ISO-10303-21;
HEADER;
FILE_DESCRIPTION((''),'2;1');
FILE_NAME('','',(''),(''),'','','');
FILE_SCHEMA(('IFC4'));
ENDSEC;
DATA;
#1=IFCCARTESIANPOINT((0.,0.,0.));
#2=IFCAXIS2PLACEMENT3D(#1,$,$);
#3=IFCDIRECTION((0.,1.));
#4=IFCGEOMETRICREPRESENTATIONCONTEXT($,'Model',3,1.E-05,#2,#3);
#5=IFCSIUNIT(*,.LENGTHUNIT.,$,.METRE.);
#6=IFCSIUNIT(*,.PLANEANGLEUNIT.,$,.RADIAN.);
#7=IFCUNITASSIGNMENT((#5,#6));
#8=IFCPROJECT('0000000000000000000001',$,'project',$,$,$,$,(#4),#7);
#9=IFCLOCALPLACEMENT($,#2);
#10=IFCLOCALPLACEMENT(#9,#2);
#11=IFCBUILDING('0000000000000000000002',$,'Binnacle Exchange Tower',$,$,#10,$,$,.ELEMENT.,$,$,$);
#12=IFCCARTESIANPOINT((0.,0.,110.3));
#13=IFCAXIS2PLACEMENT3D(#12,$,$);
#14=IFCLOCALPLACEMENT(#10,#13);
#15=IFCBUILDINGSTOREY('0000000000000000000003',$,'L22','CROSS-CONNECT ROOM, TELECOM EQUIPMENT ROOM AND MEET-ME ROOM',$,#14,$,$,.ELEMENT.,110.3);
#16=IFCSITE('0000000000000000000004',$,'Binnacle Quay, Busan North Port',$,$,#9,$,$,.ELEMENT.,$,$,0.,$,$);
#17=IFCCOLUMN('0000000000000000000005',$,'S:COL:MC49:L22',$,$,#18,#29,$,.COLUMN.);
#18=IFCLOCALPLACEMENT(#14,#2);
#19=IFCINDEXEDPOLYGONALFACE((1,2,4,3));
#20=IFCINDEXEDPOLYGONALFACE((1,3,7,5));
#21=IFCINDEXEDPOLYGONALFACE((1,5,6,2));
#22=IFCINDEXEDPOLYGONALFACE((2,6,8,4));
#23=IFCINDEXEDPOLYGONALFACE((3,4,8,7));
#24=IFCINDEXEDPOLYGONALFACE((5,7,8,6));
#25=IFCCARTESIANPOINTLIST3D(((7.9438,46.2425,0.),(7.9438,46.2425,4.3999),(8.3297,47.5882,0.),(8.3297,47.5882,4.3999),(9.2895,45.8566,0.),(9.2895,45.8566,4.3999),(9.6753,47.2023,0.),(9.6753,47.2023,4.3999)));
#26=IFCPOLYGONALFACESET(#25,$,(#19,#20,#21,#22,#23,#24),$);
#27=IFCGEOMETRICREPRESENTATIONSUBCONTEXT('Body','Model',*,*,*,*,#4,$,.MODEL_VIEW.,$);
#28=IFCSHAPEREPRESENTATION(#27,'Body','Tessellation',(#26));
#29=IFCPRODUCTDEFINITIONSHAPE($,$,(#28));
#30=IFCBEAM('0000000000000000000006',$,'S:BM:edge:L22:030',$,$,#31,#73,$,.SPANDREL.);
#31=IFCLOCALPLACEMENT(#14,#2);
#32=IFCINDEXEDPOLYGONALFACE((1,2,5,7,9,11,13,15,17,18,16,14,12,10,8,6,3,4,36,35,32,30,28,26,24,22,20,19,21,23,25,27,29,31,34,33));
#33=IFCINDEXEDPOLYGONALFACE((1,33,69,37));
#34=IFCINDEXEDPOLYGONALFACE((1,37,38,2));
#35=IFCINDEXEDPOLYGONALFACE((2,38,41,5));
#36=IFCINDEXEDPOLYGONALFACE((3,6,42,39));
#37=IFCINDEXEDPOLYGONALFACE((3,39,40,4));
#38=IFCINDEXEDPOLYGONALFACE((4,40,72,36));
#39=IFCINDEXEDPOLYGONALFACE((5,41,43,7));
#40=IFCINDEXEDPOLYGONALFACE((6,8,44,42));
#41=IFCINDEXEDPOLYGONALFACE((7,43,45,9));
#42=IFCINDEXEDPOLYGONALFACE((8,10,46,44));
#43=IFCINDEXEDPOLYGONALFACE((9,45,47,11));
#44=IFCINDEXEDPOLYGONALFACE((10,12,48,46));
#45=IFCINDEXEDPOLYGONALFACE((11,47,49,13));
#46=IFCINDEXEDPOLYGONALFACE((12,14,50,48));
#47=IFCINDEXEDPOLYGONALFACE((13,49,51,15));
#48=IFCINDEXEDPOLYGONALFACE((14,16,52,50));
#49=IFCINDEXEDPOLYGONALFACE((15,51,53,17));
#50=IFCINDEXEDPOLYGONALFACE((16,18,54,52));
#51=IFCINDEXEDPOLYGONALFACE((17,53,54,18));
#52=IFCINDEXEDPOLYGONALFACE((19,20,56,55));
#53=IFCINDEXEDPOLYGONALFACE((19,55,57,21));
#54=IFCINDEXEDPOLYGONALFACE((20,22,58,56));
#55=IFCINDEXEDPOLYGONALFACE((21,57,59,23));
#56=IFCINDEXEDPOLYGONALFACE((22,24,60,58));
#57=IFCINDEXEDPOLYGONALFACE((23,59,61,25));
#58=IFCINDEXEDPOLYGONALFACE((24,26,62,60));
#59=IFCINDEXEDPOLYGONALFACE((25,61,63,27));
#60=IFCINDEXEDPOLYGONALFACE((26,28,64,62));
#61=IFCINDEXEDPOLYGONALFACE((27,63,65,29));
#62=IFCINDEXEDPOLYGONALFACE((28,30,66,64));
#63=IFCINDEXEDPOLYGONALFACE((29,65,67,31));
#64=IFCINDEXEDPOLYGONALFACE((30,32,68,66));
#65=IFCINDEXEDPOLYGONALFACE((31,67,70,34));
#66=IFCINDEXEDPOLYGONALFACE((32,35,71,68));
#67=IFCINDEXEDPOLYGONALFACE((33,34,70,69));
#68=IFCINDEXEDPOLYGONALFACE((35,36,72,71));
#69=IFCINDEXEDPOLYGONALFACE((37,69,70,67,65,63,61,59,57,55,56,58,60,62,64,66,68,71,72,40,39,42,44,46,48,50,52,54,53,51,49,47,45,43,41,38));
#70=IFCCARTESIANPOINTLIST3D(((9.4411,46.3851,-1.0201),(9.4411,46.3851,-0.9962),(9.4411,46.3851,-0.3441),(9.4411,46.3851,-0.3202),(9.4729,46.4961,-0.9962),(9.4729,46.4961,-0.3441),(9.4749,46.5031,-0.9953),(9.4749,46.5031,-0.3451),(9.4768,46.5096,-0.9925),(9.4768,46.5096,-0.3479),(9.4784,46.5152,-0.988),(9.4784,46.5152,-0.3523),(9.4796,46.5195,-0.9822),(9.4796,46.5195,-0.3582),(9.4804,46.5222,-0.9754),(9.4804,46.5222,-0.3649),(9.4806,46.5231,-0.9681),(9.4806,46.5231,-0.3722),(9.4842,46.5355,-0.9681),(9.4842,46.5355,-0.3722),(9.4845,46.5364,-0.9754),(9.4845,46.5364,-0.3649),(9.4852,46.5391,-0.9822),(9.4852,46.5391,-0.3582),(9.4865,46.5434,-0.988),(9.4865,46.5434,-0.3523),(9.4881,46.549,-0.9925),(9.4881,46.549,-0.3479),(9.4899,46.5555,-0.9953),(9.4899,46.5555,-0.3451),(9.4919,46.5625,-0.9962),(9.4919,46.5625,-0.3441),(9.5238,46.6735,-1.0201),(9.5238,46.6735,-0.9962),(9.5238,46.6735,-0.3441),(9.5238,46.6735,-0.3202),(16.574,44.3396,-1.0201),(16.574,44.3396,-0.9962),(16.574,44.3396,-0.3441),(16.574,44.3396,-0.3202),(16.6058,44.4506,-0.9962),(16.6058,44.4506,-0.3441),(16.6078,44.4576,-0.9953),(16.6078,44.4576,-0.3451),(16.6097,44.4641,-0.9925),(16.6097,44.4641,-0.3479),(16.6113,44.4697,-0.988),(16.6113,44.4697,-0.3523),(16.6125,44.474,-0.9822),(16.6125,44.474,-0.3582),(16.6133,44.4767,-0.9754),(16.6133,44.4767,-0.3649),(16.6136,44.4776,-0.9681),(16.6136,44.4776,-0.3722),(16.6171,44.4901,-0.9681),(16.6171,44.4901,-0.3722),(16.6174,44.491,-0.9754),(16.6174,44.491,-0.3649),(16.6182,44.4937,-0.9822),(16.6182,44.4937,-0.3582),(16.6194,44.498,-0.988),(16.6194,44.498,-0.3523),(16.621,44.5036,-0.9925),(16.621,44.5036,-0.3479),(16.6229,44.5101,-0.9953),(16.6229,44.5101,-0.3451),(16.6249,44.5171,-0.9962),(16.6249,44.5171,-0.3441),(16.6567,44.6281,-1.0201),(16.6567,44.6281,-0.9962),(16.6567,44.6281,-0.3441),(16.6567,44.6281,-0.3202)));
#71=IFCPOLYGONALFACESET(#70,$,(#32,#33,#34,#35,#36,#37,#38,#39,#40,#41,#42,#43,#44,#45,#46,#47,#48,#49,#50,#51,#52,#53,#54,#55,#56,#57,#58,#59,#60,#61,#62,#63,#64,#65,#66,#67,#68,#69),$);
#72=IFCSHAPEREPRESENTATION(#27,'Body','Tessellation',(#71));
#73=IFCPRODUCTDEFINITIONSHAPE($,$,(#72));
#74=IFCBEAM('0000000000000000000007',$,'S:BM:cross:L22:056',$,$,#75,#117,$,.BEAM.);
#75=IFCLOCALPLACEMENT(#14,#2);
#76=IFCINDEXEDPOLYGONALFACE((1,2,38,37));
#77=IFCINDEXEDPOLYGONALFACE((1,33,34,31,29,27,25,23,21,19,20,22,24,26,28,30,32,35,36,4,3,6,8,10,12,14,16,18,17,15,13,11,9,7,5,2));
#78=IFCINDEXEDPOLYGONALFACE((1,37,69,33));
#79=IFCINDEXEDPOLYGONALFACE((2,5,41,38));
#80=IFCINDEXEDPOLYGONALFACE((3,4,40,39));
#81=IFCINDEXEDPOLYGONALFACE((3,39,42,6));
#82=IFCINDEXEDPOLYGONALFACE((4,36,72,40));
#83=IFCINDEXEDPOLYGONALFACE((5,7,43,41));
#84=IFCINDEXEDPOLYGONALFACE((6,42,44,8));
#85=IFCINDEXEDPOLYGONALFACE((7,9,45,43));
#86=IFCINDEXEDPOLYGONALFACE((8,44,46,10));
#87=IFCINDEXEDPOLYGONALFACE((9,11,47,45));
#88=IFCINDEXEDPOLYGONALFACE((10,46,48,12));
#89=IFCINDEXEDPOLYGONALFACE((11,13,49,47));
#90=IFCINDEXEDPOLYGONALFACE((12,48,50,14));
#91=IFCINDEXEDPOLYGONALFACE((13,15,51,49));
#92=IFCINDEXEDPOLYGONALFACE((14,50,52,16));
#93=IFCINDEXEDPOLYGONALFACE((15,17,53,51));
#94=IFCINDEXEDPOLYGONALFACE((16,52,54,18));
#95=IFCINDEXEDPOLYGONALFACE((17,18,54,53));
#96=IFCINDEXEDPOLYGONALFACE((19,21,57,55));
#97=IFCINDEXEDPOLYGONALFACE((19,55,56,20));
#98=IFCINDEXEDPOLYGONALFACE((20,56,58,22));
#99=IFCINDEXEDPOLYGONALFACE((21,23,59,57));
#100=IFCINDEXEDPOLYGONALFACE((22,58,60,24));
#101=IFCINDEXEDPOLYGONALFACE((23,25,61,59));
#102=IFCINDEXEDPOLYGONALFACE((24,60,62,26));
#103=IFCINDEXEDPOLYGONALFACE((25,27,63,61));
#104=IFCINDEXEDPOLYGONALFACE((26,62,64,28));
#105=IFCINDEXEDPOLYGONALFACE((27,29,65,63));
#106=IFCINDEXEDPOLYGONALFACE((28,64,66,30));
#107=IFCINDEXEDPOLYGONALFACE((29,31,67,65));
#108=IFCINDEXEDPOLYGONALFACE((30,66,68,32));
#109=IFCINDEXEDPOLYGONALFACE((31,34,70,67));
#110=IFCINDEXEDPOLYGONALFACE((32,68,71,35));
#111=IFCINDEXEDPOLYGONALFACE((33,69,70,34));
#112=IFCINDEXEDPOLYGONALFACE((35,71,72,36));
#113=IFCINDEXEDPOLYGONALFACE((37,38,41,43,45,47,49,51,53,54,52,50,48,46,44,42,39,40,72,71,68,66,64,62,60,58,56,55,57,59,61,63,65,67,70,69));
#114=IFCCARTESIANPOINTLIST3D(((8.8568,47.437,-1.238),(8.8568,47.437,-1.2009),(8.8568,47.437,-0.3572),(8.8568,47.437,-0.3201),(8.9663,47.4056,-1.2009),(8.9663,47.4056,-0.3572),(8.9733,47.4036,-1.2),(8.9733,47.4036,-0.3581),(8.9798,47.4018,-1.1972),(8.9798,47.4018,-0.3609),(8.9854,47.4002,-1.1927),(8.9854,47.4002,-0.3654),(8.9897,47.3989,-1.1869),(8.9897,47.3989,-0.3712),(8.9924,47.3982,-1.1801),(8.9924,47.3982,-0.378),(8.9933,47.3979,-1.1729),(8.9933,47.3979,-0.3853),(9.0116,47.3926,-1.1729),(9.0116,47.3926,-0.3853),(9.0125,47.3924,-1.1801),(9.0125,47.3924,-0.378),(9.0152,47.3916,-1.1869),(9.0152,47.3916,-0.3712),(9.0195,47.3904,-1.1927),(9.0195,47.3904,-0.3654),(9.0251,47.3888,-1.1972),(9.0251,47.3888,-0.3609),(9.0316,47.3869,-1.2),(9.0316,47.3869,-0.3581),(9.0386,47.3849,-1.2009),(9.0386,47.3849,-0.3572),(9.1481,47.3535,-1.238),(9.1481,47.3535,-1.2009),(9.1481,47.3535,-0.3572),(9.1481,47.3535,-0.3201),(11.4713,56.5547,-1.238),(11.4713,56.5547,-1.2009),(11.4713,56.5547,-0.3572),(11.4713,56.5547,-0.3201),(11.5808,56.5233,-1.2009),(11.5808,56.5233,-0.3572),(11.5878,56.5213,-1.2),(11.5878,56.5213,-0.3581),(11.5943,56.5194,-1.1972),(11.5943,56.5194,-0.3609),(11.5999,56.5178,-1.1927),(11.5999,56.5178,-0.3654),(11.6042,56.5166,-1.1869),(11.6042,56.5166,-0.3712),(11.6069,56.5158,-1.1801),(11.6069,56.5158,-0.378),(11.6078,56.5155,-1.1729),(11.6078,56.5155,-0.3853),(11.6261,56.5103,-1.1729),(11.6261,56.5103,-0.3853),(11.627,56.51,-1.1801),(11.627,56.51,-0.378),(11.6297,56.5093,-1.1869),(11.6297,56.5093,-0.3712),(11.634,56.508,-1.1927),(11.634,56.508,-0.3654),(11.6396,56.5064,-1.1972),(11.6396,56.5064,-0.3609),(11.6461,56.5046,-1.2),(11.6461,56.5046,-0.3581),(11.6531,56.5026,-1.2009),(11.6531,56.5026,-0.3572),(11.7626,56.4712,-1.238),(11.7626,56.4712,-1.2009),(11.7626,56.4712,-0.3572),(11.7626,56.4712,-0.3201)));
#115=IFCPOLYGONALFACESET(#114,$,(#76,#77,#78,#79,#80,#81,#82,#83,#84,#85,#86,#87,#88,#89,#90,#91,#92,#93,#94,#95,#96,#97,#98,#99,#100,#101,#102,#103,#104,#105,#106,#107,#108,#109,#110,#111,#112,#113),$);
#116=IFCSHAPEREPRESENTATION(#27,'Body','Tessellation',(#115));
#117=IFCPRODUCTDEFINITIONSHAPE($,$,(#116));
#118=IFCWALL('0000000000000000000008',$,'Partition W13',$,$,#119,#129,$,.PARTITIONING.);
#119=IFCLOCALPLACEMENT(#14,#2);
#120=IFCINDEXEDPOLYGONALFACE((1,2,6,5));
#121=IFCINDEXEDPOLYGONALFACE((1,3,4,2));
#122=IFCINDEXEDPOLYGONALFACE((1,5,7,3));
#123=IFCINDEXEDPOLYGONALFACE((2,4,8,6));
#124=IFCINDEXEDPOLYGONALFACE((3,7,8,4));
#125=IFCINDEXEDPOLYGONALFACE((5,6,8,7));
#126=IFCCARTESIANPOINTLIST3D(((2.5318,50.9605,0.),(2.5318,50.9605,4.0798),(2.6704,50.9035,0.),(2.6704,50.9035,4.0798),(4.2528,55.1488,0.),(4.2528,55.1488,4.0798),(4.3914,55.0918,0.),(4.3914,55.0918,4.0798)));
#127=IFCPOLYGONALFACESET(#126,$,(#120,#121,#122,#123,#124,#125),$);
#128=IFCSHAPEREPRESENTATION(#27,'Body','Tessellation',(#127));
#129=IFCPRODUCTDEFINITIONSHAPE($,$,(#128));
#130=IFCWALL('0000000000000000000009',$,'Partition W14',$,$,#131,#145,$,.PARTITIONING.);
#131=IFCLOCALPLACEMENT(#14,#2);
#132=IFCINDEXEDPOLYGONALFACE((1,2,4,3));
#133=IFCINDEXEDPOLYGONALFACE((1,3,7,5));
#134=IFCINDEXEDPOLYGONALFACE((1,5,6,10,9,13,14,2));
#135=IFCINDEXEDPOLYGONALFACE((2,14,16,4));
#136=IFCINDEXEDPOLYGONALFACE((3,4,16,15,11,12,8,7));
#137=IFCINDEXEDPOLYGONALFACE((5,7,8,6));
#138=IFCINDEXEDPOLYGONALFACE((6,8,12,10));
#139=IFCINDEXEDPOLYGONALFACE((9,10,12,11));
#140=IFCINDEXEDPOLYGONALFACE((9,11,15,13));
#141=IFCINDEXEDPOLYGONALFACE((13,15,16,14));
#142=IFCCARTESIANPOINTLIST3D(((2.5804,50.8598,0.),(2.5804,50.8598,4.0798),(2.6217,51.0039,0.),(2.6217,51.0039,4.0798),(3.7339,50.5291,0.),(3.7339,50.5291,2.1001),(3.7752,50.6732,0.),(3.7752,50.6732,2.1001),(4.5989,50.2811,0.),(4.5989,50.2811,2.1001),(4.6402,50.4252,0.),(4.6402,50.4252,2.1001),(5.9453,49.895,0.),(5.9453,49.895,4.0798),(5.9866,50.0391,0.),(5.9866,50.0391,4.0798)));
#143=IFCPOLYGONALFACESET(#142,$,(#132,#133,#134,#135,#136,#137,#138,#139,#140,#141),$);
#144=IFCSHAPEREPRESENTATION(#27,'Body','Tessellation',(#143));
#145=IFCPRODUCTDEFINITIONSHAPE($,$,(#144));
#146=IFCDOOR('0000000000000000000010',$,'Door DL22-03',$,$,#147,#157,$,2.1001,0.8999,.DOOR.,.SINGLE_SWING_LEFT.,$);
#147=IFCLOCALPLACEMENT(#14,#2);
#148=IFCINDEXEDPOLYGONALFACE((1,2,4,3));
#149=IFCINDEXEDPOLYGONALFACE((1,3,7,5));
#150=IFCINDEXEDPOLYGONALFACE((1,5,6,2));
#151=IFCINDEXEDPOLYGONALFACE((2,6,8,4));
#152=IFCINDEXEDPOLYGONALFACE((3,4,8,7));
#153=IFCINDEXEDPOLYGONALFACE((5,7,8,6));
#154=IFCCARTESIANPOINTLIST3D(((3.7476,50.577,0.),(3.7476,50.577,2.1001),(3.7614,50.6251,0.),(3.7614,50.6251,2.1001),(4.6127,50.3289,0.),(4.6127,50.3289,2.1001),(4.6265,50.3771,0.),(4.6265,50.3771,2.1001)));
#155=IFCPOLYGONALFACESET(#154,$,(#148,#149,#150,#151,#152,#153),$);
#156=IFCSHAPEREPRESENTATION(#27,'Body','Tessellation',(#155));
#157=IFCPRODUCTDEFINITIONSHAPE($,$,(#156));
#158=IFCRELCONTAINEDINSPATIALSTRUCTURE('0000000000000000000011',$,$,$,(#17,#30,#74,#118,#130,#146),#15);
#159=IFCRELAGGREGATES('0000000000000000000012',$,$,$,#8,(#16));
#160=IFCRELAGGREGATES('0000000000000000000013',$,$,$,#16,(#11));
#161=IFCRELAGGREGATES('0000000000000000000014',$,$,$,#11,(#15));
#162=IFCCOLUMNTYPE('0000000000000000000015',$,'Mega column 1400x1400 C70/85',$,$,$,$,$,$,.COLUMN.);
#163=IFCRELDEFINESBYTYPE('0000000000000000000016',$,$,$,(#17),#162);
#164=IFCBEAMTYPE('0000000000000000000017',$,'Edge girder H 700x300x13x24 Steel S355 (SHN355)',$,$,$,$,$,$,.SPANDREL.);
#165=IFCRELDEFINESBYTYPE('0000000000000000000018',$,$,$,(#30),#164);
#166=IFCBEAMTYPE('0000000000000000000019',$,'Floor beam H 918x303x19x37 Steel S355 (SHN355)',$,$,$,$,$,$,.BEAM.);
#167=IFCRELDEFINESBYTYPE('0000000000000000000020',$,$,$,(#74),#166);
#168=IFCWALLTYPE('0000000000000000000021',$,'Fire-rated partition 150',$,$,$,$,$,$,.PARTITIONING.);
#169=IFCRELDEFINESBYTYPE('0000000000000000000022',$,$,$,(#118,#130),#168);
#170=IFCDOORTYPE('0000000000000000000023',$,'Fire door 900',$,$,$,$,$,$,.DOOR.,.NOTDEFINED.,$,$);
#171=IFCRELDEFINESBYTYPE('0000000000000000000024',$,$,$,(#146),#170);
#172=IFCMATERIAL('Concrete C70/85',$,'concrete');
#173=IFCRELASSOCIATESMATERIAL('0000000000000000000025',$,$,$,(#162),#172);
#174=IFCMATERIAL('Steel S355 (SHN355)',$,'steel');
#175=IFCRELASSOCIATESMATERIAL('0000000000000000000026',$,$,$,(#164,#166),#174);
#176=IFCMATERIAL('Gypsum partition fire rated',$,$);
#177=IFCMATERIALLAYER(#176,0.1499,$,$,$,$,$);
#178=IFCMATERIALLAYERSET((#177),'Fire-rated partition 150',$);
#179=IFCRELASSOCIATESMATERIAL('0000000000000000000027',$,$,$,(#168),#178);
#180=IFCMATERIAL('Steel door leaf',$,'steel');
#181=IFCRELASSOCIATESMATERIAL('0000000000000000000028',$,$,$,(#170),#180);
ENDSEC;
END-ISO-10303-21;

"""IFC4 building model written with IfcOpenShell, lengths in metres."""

from ifc_helpers import new_model, si_unit, direction, frame, frame_2d, origin, origin_2d, place, context, subcontext, project, spatial, rectangle, i_section, extrude, material, layer, layer_set, material_profile, profile_set, type_object, element, fill, save


model = new_model("IFC4")

# Units and contexts
model_context = context("Model", 3, precision=1e-05, world=origin(), true_north=direction((0.0, 1.0)))
body_context = subcontext(model_context, "Body", "Model", "MODEL_VIEW")
ifc_project = project(units=[si_unit("LENGTHUNIT", "METRE"), si_unit("PLANEANGLEUNIT", "RADIAN")], contexts=[model_context])

# Site, building, storey
site_placement = place(None, origin())
site = spatial("IfcSite", under=ifc_project, at=site_placement, Name="Binnacle Quay, Busan North Port", CompositionType="ELEMENT", RefElevation=0.0)
building_placement = place(site_placement, origin())
building = spatial("IfcBuilding", under=site, at=building_placement, Name="Binnacle Exchange Tower", CompositionType="ELEMENT")
storey_placement = place(building_placement, frame((0.0, 0.0, 110.3)))
storey = spatial("IfcBuildingStorey", under=building, at=storey_placement, Name="L22", Description="CROSS-CONNECT ROOM, TELECOM EQUIPMENT ROOM AND MEET-ME ROOM", CompositionType="ELEMENT", Elevation=110.3)

# Column
ifc_material_1 = material(Name="Concrete C70/85", Category="concrete")
ifc_material_profile_1 = material_profile(ifc_material_1, rectangle(XDim=1.3999, YDim=1.3999, at=origin_2d()), Name="Mega column 1400x1400 C70/85")
ifc_profile_set_1 = profile_set([ifc_material_profile_1], Name="Concrete C70/85")
column_type = type_object("IfcColumnType", Name="Mega column 1400x1400 C70/85", PredefinedType="COLUMN", material=ifc_profile_set_1)
column_placement = place(storey_placement, frame((8.8096, 46.7224, 0.0), z_axis=(0.0, 0.0, 1.0), x_axis=(0.961262, -0.275637, 0.0)))
element("IfcColumn", 1, at=column_placement, inside=storey, type_object=column_type, Name="S:COL:MC49:L22", PredefinedType="COLUMN", context=body_context, shape_type="SweptSolid", body=[
    extrude(rectangle(XDim=1.3999, YDim=1.3999, at=origin_2d()), origin(), (0.0, 0.0, 1.0), 4.3999),
])

# Beams
ifc_material_2 = material(Name="Steel S355 (SHN355)", Category="steel")
ifc_material_profile_2 = material_profile(ifc_material_2, i_section(OverallWidth=0.3, OverallDepth=0.7, WebThickness=0.0129, FlangeThickness=0.0239, FilletRadius=0.0281, at=origin_2d()), Name="H 700x300x13x24")
ifc_profile_set_2 = profile_set([ifc_material_profile_2], Name="Steel S355 (SHN355)")
beam_type_1 = type_object("IfcBeamType", Name="Edge girder H 700x300x13x24 Steel S355 (SHN355)", PredefinedType="SPANDREL", material=ifc_profile_set_2)
beam_1_placement = place(storey_placement, frame((9.4824, 46.5293, -0.6702), z_axis=(0.961258, -0.275651, 0.0), x_axis=(0.275651, 0.961258, 0.0)))
element("IfcBeam", 2, at=beam_1_placement, inside=storey, type_object=beam_type_1, Name="S:BM:edge:L22:030", PredefinedType="SPANDREL", context=body_context, shape_type="SweptSolid", body=[
    extrude(i_section(OverallWidth=0.3, OverallDepth=0.7, WebThickness=0.0129, FlangeThickness=0.0239, FilletRadius=0.0281, at=origin_2d()), origin(), (0.0, 0.0, 1.0), 7.4204),
])
ifc_material_profile_3 = material_profile(ifc_material_2, i_section(OverallWidth=0.303, OverallDepth=0.918, WebThickness=0.019, FlangeThickness=0.0371, FilletRadius=0.0281, at=origin_2d()), Name="H 918x303x19x37")
ifc_profile_set_3 = profile_set([ifc_material_profile_3], Name="Steel S355 (SHN355)")
beam_type_2 = type_object("IfcBeamType", Name="Floor beam H 918x303x19x37 Steel S355 (SHN355)", PredefinedType="BEAM", material=ifc_profile_set_3)
beam_2_placement = place(storey_placement, frame((9.0024, 47.3953, -0.7791), z_axis=(0.275642, 0.96126, 0.0), x_axis=(-0.96126, 0.275642, 0.0)))
element("IfcBeam", 3, at=beam_2_placement, inside=storey, type_object=beam_type_2, Name="S:BM:cross:L22:056", PredefinedType="BEAM", context=body_context, shape_type="SweptSolid", body=[
    extrude(i_section(OverallWidth=0.303, OverallDepth=0.918, WebThickness=0.019, FlangeThickness=0.0371, FilletRadius=0.0281, at=origin_2d()), origin(), (0.0, 0.0, 1.0), 9.4851),
])

# Wall
ifc_material_3 = material(Name="Gypsum partition fire rated")
ifc_layer_1 = layer(ifc_material_3, 0.1499)
ifc_layer_set_1 = layer_set([ifc_layer_1], Name="Fire-rated partition 150")
wall_type_1 = type_object("IfcWallType", Name="Fire-rated partition 150", PredefinedType="PARTITIONING", material=ifc_layer_set_1)
wall_1_placement = place(storey_placement, frame((2.6011, 50.9319, 0.0), z_axis=(0.0, 0.0, 1.0), x_axis=(0.380066, 0.924959, 0.0)))
element("IfcWall", 4, at=wall_1_placement, inside=storey, type_object=wall_type_1, Name="Partition W13", PredefinedType="PARTITIONING", context=body_context, shape_type="SweptSolid", body=[
    extrude(rectangle(XDim=4.5281, YDim=0.1499, at=frame_2d((2.2642, 0.0))), origin(), (0.0, 0.0, 1.0), 4.0798),
])

# Wall, opening, door
wall_2_placement = place(storey_placement, frame((2.6011, 50.9319, 0.0), z_axis=(0.0, 0.0, 1.0), x_axis=(0.961266, -0.275624, 0.0)))
wall_2 = element("IfcWall", 5, at=wall_2_placement, inside=storey, type_object=wall_type_1, Name="Partition W14", PredefinedType="PARTITIONING", context=body_context, shape_type="SweptSolid", body=[
    extrude(rectangle(XDim=3.5005, YDim=0.1499, at=frame_2d((1.7502, 0.0))), origin(), (0.0, 0.0, 1.0), 4.0798),
])
opening_1_placement = place(wall_2_placement, frame((1.2, 0.0, 0.0)))
opening_1 = element("IfcOpeningElement", 6, at=opening_1_placement, cuts=wall_2, PredefinedType="OPENING", context=body_context, shape_type="SweptSolid", body=[
    extrude(rectangle(XDim=0.8999, YDim=2.1001, at=frame_2d((0.45, 1.05))), frame((0.0, 0.085, 0.0), z_axis=(0.0, -1.0, 0.0), x_axis=(1.0, 0.0, 0.0)), (0.0, 0.0, 1.0), 0.1699),
])
ifc_material_4 = material(Name="Steel door leaf", Category="steel")
door_type_1 = type_object("IfcDoorType", Name="Fire door 900", OperationType="NOTDEFINED", PredefinedType="DOOR", material=ifc_material_4)
door_1_placement = place(opening_1_placement, origin())
door_1 = element("IfcDoor", 7, at=door_1_placement, inside=storey, type_object=door_type_1, Name="Door DL22-03", OperationType="SINGLE_SWING_LEFT", OverallHeight=2.1001, OverallWidth=0.8999, PredefinedType="DOOR", context=body_context, shape_type="SweptSolid", body=[
    extrude(rectangle(XDim=0.8999, YDim=2.1001, at=frame_2d((0.45, 1.05))), frame((0.0, 0.0249, 0.0), z_axis=(0.0, -1.0, 0.0), x_axis=(1.0, 0.0, 0.0)), (0.0, 0.0, 1.0), 0.05),
])
fill(opening_1, door_1)

save(model, "model.ifc")
